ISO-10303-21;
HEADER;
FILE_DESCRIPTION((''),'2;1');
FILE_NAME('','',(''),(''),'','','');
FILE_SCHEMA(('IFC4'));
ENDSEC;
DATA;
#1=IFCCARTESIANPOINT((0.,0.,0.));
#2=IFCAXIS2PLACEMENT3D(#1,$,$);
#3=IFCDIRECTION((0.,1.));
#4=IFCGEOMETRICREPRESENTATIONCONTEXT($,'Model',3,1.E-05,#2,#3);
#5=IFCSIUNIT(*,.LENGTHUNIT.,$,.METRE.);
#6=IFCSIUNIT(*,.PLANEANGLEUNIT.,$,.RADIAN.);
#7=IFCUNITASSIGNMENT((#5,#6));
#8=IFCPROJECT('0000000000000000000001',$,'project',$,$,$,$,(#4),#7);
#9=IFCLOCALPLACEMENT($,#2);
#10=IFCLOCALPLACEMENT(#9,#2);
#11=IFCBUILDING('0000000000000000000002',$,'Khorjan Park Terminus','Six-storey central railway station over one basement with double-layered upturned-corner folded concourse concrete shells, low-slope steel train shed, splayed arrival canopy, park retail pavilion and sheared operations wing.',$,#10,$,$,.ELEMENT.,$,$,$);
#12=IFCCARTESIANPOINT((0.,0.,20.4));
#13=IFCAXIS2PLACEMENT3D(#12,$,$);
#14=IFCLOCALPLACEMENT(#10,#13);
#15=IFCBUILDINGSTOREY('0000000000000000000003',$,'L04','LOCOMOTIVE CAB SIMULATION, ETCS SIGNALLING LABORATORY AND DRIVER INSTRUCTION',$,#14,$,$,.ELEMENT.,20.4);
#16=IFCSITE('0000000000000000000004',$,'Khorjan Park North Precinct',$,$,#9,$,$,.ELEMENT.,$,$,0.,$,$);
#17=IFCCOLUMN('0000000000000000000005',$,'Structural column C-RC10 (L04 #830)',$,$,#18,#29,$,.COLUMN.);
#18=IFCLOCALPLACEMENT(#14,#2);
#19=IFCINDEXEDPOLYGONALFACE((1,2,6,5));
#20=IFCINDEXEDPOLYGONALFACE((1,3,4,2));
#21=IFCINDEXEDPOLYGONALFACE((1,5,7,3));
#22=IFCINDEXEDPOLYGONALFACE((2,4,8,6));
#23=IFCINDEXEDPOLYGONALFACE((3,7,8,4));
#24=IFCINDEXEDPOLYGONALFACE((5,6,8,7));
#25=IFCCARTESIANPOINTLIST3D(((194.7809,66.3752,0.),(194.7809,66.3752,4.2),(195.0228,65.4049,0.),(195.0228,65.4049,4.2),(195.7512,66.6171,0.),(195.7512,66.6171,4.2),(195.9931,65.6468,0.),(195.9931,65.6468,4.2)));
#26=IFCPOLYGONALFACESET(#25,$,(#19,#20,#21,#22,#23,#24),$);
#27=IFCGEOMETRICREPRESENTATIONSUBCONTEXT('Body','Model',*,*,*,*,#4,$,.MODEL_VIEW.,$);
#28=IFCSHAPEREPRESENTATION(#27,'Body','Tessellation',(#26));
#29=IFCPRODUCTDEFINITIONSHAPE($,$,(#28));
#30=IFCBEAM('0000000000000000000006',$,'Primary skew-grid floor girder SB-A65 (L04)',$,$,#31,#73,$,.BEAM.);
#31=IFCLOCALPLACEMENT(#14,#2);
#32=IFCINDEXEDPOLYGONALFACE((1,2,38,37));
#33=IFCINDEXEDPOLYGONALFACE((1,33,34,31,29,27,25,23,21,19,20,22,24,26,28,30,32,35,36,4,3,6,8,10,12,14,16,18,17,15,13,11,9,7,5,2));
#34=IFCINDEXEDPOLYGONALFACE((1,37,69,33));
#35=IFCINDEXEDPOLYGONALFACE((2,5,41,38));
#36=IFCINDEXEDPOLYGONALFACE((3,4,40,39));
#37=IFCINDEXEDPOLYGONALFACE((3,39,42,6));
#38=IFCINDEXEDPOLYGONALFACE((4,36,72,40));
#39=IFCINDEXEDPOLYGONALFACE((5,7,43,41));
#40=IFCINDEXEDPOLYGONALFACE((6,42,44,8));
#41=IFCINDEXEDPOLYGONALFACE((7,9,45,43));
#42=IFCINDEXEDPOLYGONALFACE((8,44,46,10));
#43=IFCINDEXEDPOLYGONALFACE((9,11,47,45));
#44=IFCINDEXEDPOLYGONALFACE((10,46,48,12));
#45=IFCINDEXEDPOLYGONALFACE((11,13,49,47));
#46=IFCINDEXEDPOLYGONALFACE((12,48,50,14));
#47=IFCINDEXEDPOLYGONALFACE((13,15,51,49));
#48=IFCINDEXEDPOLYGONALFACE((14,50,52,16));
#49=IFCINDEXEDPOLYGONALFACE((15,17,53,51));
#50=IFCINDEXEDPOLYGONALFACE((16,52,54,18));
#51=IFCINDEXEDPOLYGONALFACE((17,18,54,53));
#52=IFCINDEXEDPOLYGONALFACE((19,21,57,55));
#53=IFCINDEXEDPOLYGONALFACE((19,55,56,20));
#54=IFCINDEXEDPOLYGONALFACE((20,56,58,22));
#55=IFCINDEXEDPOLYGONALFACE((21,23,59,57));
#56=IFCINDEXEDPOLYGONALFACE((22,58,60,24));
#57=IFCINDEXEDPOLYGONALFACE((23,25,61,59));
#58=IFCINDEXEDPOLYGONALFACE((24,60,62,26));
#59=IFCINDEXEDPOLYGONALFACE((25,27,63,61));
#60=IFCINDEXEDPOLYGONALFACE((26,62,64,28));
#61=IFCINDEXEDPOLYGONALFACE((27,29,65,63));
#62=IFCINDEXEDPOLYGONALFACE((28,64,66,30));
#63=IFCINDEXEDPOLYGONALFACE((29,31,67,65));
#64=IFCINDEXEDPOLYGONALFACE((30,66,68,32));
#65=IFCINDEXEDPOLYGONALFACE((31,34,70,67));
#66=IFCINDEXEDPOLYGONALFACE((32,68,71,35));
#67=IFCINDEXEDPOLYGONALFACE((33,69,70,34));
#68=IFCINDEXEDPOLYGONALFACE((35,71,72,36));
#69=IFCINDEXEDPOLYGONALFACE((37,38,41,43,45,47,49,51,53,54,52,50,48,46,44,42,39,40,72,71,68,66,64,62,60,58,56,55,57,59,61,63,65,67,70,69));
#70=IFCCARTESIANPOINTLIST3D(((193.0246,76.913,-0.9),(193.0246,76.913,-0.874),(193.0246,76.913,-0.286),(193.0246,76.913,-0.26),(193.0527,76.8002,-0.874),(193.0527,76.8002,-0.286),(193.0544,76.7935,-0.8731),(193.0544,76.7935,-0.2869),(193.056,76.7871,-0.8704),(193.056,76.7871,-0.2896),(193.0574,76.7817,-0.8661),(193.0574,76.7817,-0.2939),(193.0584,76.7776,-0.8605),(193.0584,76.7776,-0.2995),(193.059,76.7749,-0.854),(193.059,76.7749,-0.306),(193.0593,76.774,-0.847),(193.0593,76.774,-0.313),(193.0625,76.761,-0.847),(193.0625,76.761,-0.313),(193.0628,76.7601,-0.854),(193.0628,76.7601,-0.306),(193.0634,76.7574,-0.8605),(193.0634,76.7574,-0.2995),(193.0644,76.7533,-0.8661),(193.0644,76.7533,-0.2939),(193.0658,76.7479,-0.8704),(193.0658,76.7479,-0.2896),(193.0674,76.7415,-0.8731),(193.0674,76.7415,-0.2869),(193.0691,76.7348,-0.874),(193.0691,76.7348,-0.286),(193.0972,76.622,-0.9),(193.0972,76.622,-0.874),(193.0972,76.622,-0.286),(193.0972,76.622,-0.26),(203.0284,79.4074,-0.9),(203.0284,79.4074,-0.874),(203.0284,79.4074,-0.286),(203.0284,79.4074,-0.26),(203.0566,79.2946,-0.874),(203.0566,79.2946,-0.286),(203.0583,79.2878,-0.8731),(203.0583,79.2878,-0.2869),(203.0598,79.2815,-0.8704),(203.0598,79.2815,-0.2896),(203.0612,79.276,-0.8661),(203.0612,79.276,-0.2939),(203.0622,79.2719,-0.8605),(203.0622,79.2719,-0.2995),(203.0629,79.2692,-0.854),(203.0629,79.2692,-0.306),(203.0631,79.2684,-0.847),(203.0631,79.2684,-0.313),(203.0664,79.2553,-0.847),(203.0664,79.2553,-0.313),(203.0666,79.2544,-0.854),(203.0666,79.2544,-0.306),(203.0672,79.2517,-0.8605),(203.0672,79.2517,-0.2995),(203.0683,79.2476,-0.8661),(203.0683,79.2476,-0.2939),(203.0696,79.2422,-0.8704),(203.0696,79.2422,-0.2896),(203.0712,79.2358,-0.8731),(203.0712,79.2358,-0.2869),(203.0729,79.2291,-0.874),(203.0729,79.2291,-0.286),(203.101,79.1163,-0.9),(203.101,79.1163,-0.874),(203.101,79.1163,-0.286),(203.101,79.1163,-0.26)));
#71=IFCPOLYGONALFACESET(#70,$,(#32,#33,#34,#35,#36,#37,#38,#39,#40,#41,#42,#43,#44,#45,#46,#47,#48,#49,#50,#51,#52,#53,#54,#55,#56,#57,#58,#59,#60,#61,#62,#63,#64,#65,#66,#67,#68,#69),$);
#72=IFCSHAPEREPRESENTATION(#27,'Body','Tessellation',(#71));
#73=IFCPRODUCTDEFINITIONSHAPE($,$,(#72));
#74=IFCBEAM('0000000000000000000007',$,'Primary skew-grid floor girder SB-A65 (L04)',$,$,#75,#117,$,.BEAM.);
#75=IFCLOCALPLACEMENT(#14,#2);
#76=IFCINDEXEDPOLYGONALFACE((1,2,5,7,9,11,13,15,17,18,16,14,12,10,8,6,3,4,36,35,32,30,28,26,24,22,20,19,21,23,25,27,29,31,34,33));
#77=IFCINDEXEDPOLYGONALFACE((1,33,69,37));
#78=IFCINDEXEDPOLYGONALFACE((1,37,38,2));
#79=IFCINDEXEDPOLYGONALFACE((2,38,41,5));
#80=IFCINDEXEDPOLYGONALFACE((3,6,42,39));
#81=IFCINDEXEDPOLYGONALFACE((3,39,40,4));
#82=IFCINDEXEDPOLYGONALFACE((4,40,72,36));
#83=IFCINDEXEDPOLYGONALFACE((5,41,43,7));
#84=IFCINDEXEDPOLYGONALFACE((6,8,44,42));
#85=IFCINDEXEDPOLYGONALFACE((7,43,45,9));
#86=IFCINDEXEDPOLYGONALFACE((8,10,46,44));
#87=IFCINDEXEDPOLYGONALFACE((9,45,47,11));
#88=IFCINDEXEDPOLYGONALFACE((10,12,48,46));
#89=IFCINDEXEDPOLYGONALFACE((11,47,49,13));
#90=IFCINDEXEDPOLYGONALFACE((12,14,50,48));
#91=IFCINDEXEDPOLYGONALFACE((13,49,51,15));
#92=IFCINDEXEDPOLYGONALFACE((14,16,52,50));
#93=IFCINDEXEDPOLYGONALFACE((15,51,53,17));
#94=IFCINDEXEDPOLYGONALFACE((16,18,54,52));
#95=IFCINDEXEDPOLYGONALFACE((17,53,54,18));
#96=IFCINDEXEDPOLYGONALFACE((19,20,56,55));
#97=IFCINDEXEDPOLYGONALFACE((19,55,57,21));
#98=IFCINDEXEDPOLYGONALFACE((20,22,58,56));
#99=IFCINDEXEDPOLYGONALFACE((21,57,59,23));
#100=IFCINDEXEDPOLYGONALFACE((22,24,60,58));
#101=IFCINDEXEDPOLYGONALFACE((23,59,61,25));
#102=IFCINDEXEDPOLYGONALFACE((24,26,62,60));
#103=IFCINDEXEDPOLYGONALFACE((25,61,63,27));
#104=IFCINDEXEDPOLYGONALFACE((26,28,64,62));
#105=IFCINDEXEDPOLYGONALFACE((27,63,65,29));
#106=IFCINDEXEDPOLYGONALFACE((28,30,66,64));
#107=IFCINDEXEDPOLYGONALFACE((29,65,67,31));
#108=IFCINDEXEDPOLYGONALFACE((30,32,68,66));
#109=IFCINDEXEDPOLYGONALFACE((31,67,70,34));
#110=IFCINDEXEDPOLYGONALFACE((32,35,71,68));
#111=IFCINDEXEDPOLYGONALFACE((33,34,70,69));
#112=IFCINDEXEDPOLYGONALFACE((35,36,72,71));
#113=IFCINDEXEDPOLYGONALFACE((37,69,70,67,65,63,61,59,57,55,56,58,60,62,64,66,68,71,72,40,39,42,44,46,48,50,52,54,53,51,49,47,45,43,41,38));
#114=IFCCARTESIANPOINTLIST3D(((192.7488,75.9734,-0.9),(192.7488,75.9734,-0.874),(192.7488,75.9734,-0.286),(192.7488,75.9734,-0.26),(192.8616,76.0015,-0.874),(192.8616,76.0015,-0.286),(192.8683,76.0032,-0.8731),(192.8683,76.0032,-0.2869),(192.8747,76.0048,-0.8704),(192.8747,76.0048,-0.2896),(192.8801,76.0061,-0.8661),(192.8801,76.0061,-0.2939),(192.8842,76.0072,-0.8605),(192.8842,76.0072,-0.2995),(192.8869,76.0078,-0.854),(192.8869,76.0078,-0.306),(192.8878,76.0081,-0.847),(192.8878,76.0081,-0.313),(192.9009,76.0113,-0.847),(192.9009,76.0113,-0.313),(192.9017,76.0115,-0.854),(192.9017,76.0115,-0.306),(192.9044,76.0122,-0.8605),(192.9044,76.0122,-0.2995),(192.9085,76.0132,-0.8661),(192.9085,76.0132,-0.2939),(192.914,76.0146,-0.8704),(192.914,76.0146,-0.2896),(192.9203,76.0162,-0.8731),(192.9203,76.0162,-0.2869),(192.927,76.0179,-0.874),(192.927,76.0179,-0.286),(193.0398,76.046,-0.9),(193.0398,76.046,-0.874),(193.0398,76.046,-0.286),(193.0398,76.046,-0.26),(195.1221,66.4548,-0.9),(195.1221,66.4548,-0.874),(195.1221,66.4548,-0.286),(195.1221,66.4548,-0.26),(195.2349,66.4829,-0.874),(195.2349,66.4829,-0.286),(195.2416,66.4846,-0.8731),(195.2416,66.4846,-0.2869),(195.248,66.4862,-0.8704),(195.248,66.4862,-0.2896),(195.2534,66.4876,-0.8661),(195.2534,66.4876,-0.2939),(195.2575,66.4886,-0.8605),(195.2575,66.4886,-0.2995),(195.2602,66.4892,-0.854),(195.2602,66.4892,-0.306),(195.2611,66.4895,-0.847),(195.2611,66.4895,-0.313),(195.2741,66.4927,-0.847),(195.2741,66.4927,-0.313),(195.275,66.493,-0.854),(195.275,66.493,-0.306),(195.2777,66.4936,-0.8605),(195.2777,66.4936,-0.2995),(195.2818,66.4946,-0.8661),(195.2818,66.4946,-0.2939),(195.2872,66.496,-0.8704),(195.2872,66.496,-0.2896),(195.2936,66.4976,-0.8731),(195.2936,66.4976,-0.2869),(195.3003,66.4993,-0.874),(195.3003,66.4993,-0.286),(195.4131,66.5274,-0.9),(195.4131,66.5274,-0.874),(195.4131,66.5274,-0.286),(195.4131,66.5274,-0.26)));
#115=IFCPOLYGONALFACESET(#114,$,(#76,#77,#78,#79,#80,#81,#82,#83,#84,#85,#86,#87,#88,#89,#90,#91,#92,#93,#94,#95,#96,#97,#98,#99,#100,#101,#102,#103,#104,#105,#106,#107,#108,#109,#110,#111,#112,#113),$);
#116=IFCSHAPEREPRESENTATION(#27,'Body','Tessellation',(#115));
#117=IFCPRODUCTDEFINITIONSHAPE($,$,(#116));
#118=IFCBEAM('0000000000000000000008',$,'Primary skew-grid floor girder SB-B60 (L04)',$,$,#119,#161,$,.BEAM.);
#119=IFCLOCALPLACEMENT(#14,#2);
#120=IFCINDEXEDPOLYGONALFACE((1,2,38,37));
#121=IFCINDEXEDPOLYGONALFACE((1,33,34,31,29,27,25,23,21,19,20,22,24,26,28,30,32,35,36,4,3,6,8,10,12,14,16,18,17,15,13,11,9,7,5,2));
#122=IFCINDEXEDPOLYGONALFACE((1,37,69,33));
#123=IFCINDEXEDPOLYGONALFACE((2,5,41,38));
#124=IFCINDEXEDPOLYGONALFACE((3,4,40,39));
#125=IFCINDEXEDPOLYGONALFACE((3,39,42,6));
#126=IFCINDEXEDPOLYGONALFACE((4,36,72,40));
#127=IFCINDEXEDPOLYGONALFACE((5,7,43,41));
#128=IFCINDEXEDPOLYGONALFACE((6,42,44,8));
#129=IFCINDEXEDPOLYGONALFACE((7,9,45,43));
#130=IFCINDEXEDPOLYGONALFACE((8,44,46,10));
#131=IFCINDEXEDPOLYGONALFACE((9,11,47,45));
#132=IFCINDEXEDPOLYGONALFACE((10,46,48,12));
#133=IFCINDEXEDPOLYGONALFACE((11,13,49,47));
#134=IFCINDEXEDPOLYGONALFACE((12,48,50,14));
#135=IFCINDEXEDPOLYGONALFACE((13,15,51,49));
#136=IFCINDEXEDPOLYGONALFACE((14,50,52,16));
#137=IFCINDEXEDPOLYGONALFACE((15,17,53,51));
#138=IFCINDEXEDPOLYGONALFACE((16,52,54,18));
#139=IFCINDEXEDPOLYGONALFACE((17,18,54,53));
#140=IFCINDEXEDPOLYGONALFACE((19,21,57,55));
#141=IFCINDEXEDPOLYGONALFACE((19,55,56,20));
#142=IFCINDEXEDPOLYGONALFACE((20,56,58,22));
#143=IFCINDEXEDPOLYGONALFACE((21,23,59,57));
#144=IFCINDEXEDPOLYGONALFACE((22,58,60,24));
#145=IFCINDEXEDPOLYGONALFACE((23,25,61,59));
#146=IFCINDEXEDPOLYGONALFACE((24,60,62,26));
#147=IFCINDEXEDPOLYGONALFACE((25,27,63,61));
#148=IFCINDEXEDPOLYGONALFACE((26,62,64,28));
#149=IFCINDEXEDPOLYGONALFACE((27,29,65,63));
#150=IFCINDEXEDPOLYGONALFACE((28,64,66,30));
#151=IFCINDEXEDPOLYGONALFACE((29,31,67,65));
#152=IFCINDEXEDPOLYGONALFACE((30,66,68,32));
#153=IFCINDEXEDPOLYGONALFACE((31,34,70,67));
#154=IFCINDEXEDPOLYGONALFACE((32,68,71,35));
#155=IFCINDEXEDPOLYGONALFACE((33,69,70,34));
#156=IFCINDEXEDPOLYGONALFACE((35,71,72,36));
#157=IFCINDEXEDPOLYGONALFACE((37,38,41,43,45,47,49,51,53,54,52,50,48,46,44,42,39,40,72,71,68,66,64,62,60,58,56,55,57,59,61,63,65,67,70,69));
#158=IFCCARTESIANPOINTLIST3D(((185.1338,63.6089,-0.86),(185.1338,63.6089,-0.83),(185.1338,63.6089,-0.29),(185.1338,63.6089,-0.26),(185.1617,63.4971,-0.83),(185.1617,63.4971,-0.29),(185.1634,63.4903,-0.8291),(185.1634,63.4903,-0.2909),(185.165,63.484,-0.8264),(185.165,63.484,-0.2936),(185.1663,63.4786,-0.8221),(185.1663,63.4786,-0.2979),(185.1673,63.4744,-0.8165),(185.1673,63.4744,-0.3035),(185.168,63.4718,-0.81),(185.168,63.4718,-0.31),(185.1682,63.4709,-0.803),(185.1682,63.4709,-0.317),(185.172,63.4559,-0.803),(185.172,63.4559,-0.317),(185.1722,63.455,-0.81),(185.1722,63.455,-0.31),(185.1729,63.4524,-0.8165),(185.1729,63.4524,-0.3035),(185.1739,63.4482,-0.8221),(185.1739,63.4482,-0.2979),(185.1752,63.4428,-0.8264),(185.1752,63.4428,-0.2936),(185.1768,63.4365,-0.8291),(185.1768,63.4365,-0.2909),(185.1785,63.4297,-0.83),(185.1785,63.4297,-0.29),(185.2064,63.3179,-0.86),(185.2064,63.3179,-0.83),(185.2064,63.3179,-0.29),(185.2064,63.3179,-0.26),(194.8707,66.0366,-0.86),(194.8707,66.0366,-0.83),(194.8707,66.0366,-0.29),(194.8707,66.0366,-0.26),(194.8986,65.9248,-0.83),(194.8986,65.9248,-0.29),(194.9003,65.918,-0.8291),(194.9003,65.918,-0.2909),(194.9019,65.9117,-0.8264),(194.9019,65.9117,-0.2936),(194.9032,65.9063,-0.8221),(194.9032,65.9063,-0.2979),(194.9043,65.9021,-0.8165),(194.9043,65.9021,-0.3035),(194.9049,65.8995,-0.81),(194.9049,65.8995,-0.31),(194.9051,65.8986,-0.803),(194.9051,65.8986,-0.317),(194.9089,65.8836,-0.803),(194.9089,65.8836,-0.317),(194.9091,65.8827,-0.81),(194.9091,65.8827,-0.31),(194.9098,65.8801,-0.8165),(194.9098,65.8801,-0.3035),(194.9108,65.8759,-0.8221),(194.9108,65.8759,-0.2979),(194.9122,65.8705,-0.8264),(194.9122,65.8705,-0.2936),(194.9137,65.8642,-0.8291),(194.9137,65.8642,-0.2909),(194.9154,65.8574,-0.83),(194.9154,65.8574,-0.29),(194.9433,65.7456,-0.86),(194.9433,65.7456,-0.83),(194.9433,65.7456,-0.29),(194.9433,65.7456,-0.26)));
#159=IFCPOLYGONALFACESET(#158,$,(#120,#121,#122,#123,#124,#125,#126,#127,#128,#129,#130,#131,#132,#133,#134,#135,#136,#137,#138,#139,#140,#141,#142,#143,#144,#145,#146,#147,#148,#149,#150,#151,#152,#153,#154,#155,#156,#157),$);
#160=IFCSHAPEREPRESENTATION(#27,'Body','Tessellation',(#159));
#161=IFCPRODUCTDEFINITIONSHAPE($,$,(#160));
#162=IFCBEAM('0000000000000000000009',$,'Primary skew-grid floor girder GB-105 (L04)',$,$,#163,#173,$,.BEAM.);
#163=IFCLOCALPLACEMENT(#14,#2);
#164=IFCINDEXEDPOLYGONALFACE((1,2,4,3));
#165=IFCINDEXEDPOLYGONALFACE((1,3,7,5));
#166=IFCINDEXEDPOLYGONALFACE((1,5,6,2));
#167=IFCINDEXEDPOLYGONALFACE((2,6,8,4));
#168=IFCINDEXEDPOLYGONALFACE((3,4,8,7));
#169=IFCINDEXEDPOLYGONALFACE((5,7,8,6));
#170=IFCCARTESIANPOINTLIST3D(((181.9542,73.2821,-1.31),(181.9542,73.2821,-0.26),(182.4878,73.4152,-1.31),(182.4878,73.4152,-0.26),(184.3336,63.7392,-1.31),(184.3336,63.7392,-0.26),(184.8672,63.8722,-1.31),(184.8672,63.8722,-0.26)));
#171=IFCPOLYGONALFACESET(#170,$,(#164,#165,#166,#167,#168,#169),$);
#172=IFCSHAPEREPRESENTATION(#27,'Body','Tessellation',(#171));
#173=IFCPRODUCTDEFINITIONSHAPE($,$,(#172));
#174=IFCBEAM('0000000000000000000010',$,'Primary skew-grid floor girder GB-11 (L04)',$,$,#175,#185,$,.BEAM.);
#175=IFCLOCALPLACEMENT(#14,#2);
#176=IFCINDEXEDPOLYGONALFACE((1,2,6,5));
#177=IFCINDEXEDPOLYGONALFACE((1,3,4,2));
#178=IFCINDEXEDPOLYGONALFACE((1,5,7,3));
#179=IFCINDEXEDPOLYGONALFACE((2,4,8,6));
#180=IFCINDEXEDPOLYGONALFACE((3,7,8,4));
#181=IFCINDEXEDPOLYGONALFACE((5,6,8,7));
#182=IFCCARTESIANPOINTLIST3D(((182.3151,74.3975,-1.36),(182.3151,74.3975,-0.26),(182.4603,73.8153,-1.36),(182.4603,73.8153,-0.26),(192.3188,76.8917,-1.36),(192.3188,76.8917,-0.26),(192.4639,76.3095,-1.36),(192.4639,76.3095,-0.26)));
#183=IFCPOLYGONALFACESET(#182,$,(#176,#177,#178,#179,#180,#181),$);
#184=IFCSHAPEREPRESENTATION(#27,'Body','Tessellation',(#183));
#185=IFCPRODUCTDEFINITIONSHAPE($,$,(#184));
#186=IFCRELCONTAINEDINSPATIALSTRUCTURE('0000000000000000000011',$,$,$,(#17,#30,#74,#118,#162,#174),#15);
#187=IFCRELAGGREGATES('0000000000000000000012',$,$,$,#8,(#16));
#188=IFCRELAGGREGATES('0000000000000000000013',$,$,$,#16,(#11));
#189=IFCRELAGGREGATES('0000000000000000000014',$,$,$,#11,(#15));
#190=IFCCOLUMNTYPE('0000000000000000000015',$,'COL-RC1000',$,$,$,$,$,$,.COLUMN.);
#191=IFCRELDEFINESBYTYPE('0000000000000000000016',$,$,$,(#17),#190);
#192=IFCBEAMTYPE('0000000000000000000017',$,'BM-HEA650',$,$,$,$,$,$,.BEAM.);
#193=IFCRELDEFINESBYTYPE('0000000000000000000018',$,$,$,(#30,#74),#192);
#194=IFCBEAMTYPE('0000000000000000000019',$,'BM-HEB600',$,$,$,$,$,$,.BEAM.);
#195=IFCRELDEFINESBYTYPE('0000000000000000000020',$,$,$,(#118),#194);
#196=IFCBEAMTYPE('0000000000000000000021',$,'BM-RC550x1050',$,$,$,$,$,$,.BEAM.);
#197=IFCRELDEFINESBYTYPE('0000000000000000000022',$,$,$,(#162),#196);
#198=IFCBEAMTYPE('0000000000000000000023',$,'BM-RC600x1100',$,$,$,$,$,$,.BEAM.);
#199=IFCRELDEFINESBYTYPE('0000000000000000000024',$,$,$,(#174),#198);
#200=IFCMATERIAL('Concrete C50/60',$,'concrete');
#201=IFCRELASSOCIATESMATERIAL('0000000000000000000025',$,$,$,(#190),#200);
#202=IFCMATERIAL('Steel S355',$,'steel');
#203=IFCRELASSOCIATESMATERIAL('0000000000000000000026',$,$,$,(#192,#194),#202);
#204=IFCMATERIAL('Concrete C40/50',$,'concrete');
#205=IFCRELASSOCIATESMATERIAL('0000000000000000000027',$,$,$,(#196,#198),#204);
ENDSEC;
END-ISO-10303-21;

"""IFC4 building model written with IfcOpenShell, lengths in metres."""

from ifc_helpers import new_model, si_unit, direction, frame, origin, origin_2d, place, context, subcontext, project, spatial, rectangle, i_section, extrude, material, material_profile, profile_set, type_object, element, save


model = new_model("IFC4")

# Units and contexts
model_context = context("Model", 3, precision=1e-05, world=origin(), true_north=direction((0.0, 1.0)))
body_context = subcontext(model_context, "Body", "Model", "MODEL_VIEW")
ifc_project = project(units=[si_unit("LENGTHUNIT", "METRE"), si_unit("PLANEANGLEUNIT", "RADIAN")], contexts=[model_context])

# Site, building, storey
site_placement = place(None, origin())
site = spatial("IfcSite", under=ifc_project, at=site_placement, Name="Khorjan Park North Precinct", CompositionType="ELEMENT", RefElevation=0.0)
building_placement = place(site_placement, origin())
building = spatial("IfcBuilding", under=site, at=building_placement, Name="Khorjan Park Terminus", Description="Six-storey central railway station over one basement with double-layered upturned-corner folded concourse concrete shells, low-slope steel train shed, splayed arrival canopy, park retail pavilion and sheared operations wing.", CompositionType="ELEMENT")
storey_placement = place(building_placement, frame((0.0, 0.0, 20.4)))
storey = spatial("IfcBuildingStorey", under=building, at=storey_placement, Name="L04", Description="LOCOMOTIVE CAB SIMULATION, ETCS SIGNALLING LABORATORY AND DRIVER INSTRUCTION", CompositionType="ELEMENT", Elevation=20.4)

# Column
ifc_material_1 = material(Name="Concrete C50/60", Category="concrete")
ifc_material_profile_1 = material_profile(ifc_material_1, rectangle(XDim=1.0, YDim=1.0, at=origin_2d()), Name="RC 1000x1000")
ifc_profile_set_1 = profile_set([ifc_material_profile_1], Name="Concrete C50/60")
column_type = type_object("IfcColumnType", Name="COL-RC1000", PredefinedType="COLUMN", material=ifc_profile_set_1)
column_placement = place(storey_placement, frame((195.387, 66.011, 0.0), z_axis=(0.0, 0.0, 1.0), x_axis=(0.970296, 0.241922, 0.0)))
element("IfcColumn", 1, at=column_placement, inside=storey, type_object=column_type, Name="Structural column C-RC10 (L04 #830)", PredefinedType="COLUMN", context=body_context, shape_type="SweptSolid", body=[
    extrude(rectangle(XDim=1.0, YDim=1.0, at=origin_2d()), origin(), (0.0, 0.0, 1.0), 4.2),
])

# Beams
ifc_material_2 = material(Name="Steel S355", Category="steel")
ifc_material_profile_2 = material_profile(ifc_material_2, i_section(OverallWidth=0.3, OverallDepth=0.64, WebThickness=0.0135, FlangeThickness=0.026, FilletRadius=0.027, at=origin_2d()), Name="HEA 650")
ifc_profile_set_2 = profile_set([ifc_material_profile_2], Name="Steel S355")
beam_type_1 = type_object("IfcBeamType", Name="BM-HEA650", PredefinedType="BEAM", material=ifc_profile_set_2)
beam_1_placement = place(storey_placement, frame((193.0609, 76.7675, -0.58), z_axis=(0.970294, 0.241929, 0.0), x_axis=(-0.241929, 0.970294, 0.0)))
element("IfcBeam", 2, at=beam_1_placement, inside=storey, type_object=beam_type_1, Name="Primary skew-grid floor girder SB-A65 (L04)", PredefinedType="BEAM", context=body_context, shape_type="SweptSolid", body=[
    extrude(i_section(OverallWidth=0.3, OverallDepth=0.64, WebThickness=0.0135, FlangeThickness=0.026, FilletRadius=0.027, at=origin_2d()), origin(), (0.0, 0.0, 1.0), 10.3101),
])
beam_2_placement = place(storey_placement, frame((195.2676, 66.4911, -0.58), z_axis=(-0.241926, 0.970295, 0.0), x_axis=(-0.970295, -0.241926, 0.0)))
element("IfcBeam", 3, at=beam_2_placement, inside=storey, type_object=beam_type_1, Name="Primary skew-grid floor girder SB-A65 (L04)", PredefinedType="BEAM", context=body_context, shape_type="SweptSolid", body=[
    extrude(i_section(OverallWidth=0.3, OverallDepth=0.64, WebThickness=0.0135, FlangeThickness=0.026, FilletRadius=0.027, at=origin_2d()), origin(), (0.0, 0.0, 1.0), 9.81),
])
ifc_material_profile_3 = material_profile(ifc_material_2, i_section(OverallWidth=0.3, OverallDepth=0.6, WebThickness=0.0155, FlangeThickness=0.03, FilletRadius=0.027, at=origin_2d()), Name="HEB 600")
ifc_profile_set_3 = profile_set([ifc_material_profile_3], Name="Steel S355")
beam_type_2 = type_object("IfcBeamType", Name="BM-HEB600", PredefinedType="BEAM", material=ifc_profile_set_3)
beam_3_placement = place(storey_placement, frame((185.1701, 63.4634, -0.56), z_axis=(0.970295, 0.241924, 0.0), x_axis=(-0.241924, 0.970295, 0.0)))
element("IfcBeam", 4, at=beam_3_placement, inside=storey, type_object=beam_type_2, Name="Primary skew-grid floor girder SB-B60 (L04)", PredefinedType="BEAM", context=body_context, shape_type="SweptSolid", body=[
    extrude(i_section(OverallWidth=0.3, OverallDepth=0.6, WebThickness=0.0155, FlangeThickness=0.03, FilletRadius=0.027, at=origin_2d()), origin(), (0.0, 0.0, 1.0), 10.035),
])
ifc_material_3 = material(Name="Concrete C40/50", Category="concrete")
ifc_material_profile_4 = material_profile(ifc_material_3, rectangle(XDim=0.55, YDim=1.05, at=origin_2d()), Name="RC 550x1050")
ifc_profile_set_4 = profile_set([ifc_material_profile_4], Name="Concrete C40/50")
beam_type_3 = type_object("IfcBeamType", Name="BM-RC550x1050", PredefinedType="BEAM", material=ifc_profile_set_4)
beam_4_placement = place(storey_placement, frame((184.6004, 63.8057, -0.785), z_axis=(-0.24193, 0.970294, 0.0), x_axis=(-0.970294, -0.24193, 0.0)))
element("IfcBeam", 5, at=beam_4_placement, inside=storey, type_object=beam_type_3, Name="Primary skew-grid floor girder GB-105 (L04)", PredefinedType="BEAM", context=body_context, shape_type="SweptSolid", body=[
    extrude(rectangle(XDim=0.55, YDim=1.05, at=origin_2d()), origin(), (0.0, 0.0, 1.0), 9.8351),
])
ifc_material_profile_5 = material_profile(ifc_material_3, rectangle(XDim=0.6, YDim=1.1, at=origin_2d()), Name="RC 600x1100")
ifc_profile_set_5 = profile_set([ifc_material_profile_5], Name="Concrete C40/50")
beam_type_4 = type_object("IfcBeamType", Name="BM-RC600x1100", PredefinedType="BEAM", material=ifc_profile_set_5)
beam_5_placement = place(storey_placement, frame((182.3877, 74.1064, -0.81), z_axis=(0.970296, 0.241922, 0.0), x_axis=(-0.241922, 0.970296, 0.0)))
element("IfcBeam", 6, at=beam_5_placement, inside=storey, type_object=beam_type_4, Name="Primary skew-grid floor girder GB-11 (L04)", PredefinedType="BEAM", context=body_context, shape_type="SweptSolid", body=[
    extrude(rectangle(XDim=0.6, YDim=1.1, at=origin_2d()), origin(), (0.0, 0.0, 1.0), 10.3099),
])

save(model, "model.ifc")
